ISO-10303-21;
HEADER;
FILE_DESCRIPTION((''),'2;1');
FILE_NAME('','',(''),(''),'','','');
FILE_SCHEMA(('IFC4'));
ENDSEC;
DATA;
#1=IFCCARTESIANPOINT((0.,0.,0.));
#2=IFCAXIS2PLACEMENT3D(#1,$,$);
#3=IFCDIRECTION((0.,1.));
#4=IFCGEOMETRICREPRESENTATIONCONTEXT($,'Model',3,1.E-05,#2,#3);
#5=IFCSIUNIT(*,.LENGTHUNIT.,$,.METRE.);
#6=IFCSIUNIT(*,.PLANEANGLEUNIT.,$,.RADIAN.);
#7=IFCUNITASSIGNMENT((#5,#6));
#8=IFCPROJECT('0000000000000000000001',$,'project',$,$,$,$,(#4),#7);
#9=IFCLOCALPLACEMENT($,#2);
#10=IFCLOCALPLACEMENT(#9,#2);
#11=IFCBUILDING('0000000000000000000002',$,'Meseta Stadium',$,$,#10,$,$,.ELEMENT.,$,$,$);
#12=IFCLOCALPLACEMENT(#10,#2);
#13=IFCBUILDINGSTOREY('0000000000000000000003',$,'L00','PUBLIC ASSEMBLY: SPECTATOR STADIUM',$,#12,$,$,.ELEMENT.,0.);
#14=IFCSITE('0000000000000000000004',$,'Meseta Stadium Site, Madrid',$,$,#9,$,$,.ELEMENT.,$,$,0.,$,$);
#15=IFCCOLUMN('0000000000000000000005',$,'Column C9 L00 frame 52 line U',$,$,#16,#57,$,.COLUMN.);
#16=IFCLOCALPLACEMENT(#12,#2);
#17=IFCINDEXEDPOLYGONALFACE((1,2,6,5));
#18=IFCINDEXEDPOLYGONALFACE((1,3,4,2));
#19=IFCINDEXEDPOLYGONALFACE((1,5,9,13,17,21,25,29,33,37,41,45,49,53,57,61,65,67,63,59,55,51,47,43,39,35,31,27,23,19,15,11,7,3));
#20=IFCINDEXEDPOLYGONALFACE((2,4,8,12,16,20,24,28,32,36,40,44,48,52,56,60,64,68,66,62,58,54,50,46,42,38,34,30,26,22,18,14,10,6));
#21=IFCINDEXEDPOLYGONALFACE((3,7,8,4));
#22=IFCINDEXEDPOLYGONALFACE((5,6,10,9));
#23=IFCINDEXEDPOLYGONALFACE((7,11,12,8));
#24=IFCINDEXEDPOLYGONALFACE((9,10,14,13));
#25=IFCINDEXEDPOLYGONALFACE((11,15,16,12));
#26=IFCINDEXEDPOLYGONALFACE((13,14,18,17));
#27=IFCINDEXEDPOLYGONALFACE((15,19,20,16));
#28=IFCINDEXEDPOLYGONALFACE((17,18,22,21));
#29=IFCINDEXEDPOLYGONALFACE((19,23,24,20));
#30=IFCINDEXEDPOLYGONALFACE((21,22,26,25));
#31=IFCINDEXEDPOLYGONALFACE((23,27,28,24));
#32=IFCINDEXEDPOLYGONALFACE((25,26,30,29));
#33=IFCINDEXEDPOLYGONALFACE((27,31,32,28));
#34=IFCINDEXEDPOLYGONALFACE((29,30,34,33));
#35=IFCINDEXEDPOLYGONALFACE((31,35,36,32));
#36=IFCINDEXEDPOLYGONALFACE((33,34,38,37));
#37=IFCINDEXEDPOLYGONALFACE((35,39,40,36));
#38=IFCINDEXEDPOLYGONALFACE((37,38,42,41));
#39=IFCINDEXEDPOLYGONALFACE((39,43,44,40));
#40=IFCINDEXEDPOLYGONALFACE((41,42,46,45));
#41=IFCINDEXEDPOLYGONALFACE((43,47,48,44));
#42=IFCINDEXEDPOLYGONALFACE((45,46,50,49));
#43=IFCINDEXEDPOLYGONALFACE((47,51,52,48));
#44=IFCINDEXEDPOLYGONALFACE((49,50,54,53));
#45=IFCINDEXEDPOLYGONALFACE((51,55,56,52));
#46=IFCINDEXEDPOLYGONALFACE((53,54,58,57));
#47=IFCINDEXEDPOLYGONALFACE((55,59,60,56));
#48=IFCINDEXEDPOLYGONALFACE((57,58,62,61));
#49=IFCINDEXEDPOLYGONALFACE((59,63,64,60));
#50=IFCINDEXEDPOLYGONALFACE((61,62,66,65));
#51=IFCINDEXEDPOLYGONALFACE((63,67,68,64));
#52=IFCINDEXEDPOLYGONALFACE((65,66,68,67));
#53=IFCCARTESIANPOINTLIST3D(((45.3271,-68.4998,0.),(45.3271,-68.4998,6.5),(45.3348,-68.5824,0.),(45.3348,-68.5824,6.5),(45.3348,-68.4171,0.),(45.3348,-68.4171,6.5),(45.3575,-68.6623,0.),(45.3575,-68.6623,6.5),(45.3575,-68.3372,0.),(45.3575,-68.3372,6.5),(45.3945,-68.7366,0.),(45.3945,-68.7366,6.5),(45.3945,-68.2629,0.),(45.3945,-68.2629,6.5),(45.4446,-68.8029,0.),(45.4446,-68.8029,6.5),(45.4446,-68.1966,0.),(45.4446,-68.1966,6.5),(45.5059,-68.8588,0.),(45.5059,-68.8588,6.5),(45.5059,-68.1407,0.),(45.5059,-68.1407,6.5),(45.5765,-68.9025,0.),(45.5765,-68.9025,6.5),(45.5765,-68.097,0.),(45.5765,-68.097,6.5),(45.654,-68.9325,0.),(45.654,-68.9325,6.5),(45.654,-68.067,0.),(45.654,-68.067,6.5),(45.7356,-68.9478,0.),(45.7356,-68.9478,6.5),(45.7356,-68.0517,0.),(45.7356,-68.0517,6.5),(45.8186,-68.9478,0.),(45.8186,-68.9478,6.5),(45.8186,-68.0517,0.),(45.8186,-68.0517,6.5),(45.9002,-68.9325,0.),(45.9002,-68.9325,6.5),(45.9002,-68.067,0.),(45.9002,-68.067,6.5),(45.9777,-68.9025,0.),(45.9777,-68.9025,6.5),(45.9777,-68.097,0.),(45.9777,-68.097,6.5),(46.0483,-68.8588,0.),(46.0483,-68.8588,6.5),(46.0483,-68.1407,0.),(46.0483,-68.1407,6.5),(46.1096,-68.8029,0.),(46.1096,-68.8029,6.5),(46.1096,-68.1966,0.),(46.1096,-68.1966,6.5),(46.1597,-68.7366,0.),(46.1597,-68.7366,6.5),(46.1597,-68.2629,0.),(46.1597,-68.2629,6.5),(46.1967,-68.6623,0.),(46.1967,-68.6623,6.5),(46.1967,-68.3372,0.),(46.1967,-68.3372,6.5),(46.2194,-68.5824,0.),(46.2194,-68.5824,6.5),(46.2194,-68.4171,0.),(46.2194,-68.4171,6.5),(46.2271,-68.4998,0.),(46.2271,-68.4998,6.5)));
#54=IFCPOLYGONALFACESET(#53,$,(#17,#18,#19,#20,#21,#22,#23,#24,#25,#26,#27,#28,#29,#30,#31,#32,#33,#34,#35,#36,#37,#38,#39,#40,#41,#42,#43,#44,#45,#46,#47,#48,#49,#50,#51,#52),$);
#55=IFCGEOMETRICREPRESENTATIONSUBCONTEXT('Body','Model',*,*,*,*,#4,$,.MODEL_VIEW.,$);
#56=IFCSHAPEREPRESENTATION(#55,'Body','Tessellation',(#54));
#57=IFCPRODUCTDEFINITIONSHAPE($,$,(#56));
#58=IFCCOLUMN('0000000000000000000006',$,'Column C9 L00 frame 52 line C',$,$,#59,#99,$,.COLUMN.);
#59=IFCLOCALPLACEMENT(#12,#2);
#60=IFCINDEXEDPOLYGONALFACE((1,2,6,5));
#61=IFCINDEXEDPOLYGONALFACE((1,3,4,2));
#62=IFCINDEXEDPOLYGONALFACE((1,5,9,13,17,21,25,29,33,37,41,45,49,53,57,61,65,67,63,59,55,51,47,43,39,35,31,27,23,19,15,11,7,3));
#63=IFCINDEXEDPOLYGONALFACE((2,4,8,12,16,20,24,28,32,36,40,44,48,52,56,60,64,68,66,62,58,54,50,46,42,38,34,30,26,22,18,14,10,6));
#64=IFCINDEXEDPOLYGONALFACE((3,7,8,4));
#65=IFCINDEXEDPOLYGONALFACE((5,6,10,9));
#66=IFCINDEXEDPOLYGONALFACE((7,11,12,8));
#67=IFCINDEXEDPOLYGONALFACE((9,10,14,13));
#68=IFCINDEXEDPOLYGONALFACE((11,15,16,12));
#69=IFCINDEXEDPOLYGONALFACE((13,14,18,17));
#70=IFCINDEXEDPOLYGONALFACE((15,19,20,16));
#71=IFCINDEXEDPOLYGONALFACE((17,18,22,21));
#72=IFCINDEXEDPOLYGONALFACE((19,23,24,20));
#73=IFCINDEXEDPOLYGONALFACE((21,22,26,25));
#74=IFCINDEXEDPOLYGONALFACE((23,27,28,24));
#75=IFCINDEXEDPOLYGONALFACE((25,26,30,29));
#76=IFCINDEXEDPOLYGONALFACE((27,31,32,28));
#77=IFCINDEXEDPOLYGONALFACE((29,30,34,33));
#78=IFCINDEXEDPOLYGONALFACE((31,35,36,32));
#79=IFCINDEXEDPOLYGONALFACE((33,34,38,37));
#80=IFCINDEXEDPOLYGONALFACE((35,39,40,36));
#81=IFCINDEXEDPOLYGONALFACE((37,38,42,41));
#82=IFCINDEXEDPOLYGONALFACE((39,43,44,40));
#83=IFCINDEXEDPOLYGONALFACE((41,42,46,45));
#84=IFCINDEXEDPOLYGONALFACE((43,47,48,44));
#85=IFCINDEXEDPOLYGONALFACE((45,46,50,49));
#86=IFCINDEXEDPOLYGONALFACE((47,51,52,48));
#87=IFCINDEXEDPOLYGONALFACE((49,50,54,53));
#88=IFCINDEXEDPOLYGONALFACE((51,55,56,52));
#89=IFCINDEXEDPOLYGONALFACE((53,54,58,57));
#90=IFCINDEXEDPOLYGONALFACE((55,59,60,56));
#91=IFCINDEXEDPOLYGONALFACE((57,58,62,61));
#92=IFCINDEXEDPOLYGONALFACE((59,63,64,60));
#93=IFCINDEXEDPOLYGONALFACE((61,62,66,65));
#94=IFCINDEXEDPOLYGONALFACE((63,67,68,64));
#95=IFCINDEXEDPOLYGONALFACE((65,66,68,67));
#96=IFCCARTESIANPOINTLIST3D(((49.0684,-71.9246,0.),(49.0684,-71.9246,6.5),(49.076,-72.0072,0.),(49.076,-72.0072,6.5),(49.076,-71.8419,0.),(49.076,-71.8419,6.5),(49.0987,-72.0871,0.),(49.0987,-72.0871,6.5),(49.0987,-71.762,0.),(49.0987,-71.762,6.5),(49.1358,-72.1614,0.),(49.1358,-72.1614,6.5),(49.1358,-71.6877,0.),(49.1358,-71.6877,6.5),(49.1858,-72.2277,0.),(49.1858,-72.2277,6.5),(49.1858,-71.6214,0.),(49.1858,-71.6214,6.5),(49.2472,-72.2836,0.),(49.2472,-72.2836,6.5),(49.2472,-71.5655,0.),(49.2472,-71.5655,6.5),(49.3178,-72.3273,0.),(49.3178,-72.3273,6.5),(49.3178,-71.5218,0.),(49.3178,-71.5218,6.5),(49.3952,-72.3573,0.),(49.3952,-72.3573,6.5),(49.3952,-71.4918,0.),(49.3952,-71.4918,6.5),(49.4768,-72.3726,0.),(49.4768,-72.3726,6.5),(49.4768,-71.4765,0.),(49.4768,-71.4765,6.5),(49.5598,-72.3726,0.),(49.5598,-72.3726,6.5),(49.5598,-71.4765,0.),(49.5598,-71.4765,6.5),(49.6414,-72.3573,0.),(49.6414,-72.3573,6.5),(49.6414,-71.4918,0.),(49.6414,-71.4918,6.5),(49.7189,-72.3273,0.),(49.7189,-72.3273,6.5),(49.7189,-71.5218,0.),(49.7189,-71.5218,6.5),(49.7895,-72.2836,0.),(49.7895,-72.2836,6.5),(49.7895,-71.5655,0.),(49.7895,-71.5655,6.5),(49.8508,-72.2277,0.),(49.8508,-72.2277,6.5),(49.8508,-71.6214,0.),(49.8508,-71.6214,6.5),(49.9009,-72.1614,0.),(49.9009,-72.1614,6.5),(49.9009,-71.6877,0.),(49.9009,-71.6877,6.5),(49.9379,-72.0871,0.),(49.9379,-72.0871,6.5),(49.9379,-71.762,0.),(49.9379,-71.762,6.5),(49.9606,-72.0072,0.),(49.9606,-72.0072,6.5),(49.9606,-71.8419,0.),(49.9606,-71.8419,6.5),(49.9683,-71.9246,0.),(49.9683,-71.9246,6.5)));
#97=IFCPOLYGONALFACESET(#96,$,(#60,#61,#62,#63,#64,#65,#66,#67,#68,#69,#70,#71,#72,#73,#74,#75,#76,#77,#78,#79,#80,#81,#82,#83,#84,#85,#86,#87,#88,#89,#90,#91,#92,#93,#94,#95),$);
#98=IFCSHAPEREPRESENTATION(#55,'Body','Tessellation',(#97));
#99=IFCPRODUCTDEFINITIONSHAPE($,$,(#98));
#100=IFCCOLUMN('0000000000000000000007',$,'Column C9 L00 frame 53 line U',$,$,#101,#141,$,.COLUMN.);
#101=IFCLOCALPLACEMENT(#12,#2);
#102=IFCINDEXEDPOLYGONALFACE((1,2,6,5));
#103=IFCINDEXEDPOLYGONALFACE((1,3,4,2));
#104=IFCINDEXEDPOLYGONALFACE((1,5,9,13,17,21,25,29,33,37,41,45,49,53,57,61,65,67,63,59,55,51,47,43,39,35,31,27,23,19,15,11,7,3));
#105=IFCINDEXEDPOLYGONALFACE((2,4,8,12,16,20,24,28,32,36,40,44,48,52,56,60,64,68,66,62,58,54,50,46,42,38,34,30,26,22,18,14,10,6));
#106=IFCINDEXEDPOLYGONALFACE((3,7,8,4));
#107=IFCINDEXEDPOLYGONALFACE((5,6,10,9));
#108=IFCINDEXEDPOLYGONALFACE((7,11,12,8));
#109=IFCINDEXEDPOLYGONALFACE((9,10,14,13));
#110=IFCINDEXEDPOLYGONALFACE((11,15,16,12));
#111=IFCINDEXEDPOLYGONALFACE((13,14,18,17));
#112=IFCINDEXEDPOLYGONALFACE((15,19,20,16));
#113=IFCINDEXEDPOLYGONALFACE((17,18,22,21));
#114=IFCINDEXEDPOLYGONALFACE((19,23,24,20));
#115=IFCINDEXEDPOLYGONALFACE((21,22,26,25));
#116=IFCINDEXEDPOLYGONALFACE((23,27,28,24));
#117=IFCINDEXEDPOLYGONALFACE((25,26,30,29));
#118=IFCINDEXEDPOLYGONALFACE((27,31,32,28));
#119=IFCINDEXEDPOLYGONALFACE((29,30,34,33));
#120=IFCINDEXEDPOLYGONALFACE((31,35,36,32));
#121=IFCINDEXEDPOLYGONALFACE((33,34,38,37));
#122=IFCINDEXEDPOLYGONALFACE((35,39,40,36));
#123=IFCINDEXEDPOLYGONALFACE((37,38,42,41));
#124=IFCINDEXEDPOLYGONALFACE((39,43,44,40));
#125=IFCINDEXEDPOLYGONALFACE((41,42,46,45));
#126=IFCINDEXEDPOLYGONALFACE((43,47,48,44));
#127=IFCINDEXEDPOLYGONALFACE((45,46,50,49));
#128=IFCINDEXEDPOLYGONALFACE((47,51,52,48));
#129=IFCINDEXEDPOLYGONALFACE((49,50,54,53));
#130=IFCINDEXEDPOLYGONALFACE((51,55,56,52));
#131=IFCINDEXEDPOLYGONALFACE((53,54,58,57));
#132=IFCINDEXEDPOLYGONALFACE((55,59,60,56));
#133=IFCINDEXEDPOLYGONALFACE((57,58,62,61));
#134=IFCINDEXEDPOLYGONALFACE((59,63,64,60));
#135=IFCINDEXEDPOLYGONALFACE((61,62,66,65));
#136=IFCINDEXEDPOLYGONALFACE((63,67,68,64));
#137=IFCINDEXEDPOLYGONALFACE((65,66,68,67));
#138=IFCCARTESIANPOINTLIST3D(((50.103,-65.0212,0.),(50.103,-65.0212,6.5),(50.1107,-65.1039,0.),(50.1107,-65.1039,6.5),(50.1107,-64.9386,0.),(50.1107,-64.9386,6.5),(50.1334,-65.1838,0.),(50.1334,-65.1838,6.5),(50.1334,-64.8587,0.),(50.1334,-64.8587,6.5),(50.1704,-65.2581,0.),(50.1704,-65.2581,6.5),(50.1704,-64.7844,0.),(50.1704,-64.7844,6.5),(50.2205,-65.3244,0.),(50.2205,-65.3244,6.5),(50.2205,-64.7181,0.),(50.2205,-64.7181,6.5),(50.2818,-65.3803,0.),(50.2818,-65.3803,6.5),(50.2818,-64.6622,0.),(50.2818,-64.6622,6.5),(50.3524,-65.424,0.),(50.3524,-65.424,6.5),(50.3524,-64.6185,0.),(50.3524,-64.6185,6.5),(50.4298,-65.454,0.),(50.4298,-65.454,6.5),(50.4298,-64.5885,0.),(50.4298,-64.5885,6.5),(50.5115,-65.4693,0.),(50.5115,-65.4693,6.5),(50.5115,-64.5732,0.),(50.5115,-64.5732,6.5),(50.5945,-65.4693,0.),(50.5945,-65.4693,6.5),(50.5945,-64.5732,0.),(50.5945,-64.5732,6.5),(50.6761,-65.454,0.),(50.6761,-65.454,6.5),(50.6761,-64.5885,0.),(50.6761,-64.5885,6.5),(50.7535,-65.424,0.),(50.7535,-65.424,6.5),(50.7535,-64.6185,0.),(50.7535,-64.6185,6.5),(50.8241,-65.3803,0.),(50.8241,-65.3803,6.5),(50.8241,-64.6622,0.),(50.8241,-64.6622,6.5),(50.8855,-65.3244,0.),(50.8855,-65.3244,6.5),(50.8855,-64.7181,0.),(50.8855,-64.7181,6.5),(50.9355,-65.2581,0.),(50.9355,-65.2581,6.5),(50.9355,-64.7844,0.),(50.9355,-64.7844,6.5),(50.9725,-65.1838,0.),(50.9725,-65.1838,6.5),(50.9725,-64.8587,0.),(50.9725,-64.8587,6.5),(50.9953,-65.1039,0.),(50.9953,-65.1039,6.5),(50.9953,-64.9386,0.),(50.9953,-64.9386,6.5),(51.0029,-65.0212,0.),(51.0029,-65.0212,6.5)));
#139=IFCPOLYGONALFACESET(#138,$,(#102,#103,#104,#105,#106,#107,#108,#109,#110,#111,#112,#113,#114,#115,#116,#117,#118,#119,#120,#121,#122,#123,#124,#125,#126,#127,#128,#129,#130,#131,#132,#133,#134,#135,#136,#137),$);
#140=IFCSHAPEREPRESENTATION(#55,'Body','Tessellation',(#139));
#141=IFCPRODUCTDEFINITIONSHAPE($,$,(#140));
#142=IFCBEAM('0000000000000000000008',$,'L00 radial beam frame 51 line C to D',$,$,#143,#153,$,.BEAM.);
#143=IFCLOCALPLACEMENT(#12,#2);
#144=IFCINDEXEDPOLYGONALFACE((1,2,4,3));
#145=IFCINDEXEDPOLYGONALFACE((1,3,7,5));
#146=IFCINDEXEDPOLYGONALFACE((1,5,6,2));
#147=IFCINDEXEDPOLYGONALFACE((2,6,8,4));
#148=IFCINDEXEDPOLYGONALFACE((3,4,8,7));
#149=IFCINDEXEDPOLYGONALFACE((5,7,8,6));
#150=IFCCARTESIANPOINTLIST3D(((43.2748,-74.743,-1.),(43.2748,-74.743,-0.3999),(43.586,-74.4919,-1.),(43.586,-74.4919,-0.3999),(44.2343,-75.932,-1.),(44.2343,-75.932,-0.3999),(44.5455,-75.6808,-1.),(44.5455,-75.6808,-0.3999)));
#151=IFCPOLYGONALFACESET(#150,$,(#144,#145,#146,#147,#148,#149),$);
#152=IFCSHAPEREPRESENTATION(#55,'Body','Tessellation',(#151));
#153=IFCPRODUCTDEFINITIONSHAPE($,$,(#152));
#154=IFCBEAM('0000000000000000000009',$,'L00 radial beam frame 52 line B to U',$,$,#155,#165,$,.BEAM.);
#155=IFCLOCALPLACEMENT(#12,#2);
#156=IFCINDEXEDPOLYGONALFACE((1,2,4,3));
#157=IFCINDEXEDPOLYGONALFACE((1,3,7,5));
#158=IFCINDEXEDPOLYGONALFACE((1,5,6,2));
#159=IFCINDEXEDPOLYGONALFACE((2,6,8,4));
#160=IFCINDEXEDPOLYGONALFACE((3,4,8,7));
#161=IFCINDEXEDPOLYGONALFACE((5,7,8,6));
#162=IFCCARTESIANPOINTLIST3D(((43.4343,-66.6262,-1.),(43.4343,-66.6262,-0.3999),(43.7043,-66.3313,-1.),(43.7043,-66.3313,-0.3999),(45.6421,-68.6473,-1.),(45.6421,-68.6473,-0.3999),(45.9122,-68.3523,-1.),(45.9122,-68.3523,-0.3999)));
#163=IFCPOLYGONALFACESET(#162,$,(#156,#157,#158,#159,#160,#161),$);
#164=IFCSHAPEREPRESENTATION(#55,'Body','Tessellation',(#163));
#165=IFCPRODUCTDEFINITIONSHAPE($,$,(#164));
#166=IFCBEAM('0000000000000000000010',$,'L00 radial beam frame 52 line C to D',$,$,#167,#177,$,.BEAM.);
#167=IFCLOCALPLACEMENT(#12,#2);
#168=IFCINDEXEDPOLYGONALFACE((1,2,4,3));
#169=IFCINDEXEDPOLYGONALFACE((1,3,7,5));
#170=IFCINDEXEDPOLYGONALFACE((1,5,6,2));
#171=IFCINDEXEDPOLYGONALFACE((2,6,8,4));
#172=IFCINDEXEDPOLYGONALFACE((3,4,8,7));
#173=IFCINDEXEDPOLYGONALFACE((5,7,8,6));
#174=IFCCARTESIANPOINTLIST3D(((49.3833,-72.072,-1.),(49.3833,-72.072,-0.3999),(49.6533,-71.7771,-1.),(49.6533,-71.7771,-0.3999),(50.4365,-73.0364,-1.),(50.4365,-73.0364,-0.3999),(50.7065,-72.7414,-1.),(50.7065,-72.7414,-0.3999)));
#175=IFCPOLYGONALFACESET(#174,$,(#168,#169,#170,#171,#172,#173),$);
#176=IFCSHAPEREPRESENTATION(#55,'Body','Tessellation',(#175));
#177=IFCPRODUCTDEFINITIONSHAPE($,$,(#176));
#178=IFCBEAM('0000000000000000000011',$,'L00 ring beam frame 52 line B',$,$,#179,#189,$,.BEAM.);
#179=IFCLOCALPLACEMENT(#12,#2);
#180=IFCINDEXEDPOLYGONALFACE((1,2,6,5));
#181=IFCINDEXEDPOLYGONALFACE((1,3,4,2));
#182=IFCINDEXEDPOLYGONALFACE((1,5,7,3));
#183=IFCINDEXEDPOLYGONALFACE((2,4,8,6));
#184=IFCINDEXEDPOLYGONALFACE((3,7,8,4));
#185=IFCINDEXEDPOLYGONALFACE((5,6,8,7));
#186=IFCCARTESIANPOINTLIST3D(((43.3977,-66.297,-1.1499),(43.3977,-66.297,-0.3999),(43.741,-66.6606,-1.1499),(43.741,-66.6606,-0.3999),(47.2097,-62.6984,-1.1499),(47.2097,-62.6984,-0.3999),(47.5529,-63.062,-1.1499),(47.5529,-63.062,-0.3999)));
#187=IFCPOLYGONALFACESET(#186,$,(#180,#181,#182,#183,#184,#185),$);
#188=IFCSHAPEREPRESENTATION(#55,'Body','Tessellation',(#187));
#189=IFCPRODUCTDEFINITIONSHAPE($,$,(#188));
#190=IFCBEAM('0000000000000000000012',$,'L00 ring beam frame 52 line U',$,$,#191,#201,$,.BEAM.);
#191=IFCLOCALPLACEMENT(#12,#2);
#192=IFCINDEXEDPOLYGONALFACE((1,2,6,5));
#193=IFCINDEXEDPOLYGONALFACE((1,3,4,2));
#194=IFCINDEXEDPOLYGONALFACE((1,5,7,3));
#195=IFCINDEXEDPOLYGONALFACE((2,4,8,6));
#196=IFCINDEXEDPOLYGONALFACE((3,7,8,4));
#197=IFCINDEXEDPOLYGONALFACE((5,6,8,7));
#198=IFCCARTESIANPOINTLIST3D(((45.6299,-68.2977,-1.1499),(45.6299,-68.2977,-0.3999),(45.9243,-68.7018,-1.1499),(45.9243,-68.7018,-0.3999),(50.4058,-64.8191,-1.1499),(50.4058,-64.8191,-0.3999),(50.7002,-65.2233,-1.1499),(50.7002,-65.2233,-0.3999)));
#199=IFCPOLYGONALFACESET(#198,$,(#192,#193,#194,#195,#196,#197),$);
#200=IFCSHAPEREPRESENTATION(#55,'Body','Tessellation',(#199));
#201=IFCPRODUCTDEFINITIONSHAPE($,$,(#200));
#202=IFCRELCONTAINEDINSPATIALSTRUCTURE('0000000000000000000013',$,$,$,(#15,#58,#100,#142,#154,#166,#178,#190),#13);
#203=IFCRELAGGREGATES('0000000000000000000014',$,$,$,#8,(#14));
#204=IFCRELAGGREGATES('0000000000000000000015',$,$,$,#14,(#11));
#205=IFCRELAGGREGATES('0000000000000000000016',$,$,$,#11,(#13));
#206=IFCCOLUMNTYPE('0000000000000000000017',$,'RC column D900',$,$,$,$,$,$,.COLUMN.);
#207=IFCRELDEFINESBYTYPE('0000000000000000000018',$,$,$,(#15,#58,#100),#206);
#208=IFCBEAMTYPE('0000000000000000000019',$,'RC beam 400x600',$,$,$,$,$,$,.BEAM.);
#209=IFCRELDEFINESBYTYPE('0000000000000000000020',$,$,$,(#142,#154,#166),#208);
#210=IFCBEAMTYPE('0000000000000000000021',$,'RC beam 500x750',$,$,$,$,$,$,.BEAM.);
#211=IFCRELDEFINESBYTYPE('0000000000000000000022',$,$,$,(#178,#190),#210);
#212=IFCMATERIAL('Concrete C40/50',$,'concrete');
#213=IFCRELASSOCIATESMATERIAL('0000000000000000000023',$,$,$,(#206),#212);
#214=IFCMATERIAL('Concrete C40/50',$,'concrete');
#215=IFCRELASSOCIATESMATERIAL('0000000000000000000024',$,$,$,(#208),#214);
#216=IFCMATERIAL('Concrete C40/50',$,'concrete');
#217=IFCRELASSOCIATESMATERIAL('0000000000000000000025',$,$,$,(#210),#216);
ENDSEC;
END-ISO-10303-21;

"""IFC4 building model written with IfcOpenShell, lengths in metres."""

from ifc_helpers import new_model, si_unit, direction, frame, origin, origin_2d, place, context, subcontext, project, spatial, rectangle, circle, extrude, material, material_profile, profile_set, type_object, element, save


model = new_model("IFC4")

# Units and contexts
model_context = context("Model", 3, precision=1e-05, world=origin(), true_north=direction((0.0, 1.0)))
body_context = subcontext(model_context, "Body", "Model", "MODEL_VIEW")
ifc_project = project(units=[si_unit("LENGTHUNIT", "METRE"), si_unit("PLANEANGLEUNIT", "RADIAN")], contexts=[model_context])

# Site, building, storey
site_placement = place(None, origin())
site = spatial("IfcSite", under=ifc_project, at=site_placement, Name="Meseta Stadium Site, Madrid", CompositionType="ELEMENT", RefElevation=0.0)
building_placement = place(site_placement, origin())
building = spatial("IfcBuilding", under=site, at=building_placement, Name="Meseta Stadium", CompositionType="ELEMENT")
storey_placement = place(building_placement, origin())
storey = spatial("IfcBuildingStorey", under=building, at=storey_placement, Name="L00", Description="PUBLIC ASSEMBLY: SPECTATOR STADIUM", CompositionType="ELEMENT", Elevation=0.0)

# Columns
ifc_material_1 = material(Name="Concrete C40/50", Category="concrete")
ifc_material_profile_1 = material_profile(ifc_material_1, circle(Radius=0.45, at=origin_2d()), Name="RC D900")
ifc_profile_set_1 = profile_set([ifc_material_profile_1], Name="Concrete C40/50")
column_type_1 = type_object("IfcColumnType", Name="RC column D900", PredefinedType="COLUMN", material=ifc_profile_set_1)
for number, where, z_axis, x_axis, name in (
    (1, (45.7771, -68.4998, 0.0), (0.0, 0.0, 1.0), (1.0, 0.0, 0.0), "Column C9 L00 frame 52 line U"),
    (2, (49.5183, -71.9246, 0.0), (0.0, 0.0, 1.0), (1.0, 0.0, 0.0), "Column C9 L00 frame 52 line C"),
    (3, (50.553, -65.0212, 0.0), (0.0, 0.0, 1.0), (1.0, 0.0, 0.0), "Column C9 L00 frame 53 line U"),
):
    element("IfcColumn", number, at=place(storey_placement, frame(where, z_axis=z_axis, x_axis=x_axis)), inside=storey, type_object=column_type_1, Name=name, PredefinedType="COLUMN", context=body_context, shape_type="SweptSolid", body=[
        extrude(circle(Radius=0.45, at=origin_2d()), origin(), (0.0, 0.0, 1.0), 6.5),
    ])

# Beams
ifc_material_2 = material(Name="Concrete C40/50", Category="concrete")
ifc_material_profile_2 = material_profile(ifc_material_2, rectangle(XDim=0.3999, YDim=0.6001, at=origin_2d()), Name="RC 400x600")
ifc_profile_set_2 = profile_set([ifc_material_profile_2], Name="Concrete C40/50")
beam_type_1 = type_object("IfcBeamType", Name="RC beam 400x600", PredefinedType="BEAM", material=ifc_profile_set_2)
beam_1_placement = place(storey_placement, frame((43.4304, -74.6174, -0.7), z_axis=(0.628002, -0.778211, 0.0), x_axis=(0.778211, 0.628002, 0.0)))
element("IfcBeam", 4, at=beam_1_placement, inside=storey, type_object=beam_type_1, Name="L00 radial beam frame 51 line C to D", PredefinedType="BEAM", context=body_context, shape_type="SweptSolid", body=[
    extrude(rectangle(XDim=0.3999, YDim=0.6001, at=origin_2d()), origin(), (0.0, 0.0, 1.0), 1.5278),
])
beam_2_placement = place(storey_placement, frame((43.5693, -66.4788, -0.7), z_axis=(0.737618, -0.675218, 0.0), x_axis=(0.675218, 0.737618, 0.0)))
element("IfcBeam", 5, at=beam_2_placement, inside=storey, type_object=beam_type_1, Name="L00 radial beam frame 52 line B to U", PredefinedType="BEAM", context=body_context, shape_type="SweptSolid", body=[
    extrude(rectangle(XDim=0.3999, YDim=0.6001, at=origin_2d()), origin(), (0.0, 0.0, 1.0), 2.9932),
])
beam_3_placement = place(storey_placement, frame((49.5183, -71.9246, -0.7), z_axis=(0.737537, -0.675306, 0.0), x_axis=(0.675306, 0.737537, 0.0)))
element("IfcBeam", 6, at=beam_3_placement, inside=storey, type_object=beam_type_1, Name="L00 radial beam frame 52 line C to D", PredefinedType="BEAM", context=body_context, shape_type="SweptSolid", body=[
    extrude(rectangle(XDim=0.3999, YDim=0.6001, at=origin_2d()), origin(), (0.0, 0.0, 1.0), 1.428),
])
ifc_material_3 = material(Name="Concrete C40/50", Category="concrete")
ifc_material_profile_3 = material_profile(ifc_material_3, rectangle(XDim=0.5, YDim=0.75, at=origin_2d()), Name="RC 500x750")
ifc_profile_set_3 = profile_set([ifc_material_profile_3], Name="Concrete C40/50")
beam_type_2 = type_object("IfcBeamType", Name="RC beam 500x750", PredefinedType="BEAM", material=ifc_profile_set_3)
beam_4_placement = place(storey_placement, frame((43.5693, -66.4788, -0.7749), z_axis=(0.727166, 0.686462, 0.0), x_axis=(-0.686462, 0.727166, 0.0)))
element("IfcBeam", 7, at=beam_4_placement, inside=storey, type_object=beam_type_2, Name="L00 ring beam frame 52 line B", PredefinedType="BEAM", context=body_context, shape_type="SweptSolid", body=[
    extrude(rectangle(XDim=0.5, YDim=0.75, at=origin_2d()), origin(), (0.0, 0.0, 1.0), 5.2422),
])
beam_5_placement = place(storey_placement, frame((45.7771, -68.4998, -0.7749), z_axis=(0.808321, 0.588742, 0.0), x_axis=(-0.588742, 0.808321, 0.0)))
element("IfcBeam", 8, at=beam_5_placement, inside=storey, type_object=beam_type_2, Name="L00 ring beam frame 52 line U", PredefinedType="BEAM", context=body_context, shape_type="SweptSolid", body=[
    extrude(rectangle(XDim=0.5, YDim=0.75, at=origin_2d()), origin(), (0.0, 0.0, 1.0), 5.9084),
])

save(model, "model.ifc")
